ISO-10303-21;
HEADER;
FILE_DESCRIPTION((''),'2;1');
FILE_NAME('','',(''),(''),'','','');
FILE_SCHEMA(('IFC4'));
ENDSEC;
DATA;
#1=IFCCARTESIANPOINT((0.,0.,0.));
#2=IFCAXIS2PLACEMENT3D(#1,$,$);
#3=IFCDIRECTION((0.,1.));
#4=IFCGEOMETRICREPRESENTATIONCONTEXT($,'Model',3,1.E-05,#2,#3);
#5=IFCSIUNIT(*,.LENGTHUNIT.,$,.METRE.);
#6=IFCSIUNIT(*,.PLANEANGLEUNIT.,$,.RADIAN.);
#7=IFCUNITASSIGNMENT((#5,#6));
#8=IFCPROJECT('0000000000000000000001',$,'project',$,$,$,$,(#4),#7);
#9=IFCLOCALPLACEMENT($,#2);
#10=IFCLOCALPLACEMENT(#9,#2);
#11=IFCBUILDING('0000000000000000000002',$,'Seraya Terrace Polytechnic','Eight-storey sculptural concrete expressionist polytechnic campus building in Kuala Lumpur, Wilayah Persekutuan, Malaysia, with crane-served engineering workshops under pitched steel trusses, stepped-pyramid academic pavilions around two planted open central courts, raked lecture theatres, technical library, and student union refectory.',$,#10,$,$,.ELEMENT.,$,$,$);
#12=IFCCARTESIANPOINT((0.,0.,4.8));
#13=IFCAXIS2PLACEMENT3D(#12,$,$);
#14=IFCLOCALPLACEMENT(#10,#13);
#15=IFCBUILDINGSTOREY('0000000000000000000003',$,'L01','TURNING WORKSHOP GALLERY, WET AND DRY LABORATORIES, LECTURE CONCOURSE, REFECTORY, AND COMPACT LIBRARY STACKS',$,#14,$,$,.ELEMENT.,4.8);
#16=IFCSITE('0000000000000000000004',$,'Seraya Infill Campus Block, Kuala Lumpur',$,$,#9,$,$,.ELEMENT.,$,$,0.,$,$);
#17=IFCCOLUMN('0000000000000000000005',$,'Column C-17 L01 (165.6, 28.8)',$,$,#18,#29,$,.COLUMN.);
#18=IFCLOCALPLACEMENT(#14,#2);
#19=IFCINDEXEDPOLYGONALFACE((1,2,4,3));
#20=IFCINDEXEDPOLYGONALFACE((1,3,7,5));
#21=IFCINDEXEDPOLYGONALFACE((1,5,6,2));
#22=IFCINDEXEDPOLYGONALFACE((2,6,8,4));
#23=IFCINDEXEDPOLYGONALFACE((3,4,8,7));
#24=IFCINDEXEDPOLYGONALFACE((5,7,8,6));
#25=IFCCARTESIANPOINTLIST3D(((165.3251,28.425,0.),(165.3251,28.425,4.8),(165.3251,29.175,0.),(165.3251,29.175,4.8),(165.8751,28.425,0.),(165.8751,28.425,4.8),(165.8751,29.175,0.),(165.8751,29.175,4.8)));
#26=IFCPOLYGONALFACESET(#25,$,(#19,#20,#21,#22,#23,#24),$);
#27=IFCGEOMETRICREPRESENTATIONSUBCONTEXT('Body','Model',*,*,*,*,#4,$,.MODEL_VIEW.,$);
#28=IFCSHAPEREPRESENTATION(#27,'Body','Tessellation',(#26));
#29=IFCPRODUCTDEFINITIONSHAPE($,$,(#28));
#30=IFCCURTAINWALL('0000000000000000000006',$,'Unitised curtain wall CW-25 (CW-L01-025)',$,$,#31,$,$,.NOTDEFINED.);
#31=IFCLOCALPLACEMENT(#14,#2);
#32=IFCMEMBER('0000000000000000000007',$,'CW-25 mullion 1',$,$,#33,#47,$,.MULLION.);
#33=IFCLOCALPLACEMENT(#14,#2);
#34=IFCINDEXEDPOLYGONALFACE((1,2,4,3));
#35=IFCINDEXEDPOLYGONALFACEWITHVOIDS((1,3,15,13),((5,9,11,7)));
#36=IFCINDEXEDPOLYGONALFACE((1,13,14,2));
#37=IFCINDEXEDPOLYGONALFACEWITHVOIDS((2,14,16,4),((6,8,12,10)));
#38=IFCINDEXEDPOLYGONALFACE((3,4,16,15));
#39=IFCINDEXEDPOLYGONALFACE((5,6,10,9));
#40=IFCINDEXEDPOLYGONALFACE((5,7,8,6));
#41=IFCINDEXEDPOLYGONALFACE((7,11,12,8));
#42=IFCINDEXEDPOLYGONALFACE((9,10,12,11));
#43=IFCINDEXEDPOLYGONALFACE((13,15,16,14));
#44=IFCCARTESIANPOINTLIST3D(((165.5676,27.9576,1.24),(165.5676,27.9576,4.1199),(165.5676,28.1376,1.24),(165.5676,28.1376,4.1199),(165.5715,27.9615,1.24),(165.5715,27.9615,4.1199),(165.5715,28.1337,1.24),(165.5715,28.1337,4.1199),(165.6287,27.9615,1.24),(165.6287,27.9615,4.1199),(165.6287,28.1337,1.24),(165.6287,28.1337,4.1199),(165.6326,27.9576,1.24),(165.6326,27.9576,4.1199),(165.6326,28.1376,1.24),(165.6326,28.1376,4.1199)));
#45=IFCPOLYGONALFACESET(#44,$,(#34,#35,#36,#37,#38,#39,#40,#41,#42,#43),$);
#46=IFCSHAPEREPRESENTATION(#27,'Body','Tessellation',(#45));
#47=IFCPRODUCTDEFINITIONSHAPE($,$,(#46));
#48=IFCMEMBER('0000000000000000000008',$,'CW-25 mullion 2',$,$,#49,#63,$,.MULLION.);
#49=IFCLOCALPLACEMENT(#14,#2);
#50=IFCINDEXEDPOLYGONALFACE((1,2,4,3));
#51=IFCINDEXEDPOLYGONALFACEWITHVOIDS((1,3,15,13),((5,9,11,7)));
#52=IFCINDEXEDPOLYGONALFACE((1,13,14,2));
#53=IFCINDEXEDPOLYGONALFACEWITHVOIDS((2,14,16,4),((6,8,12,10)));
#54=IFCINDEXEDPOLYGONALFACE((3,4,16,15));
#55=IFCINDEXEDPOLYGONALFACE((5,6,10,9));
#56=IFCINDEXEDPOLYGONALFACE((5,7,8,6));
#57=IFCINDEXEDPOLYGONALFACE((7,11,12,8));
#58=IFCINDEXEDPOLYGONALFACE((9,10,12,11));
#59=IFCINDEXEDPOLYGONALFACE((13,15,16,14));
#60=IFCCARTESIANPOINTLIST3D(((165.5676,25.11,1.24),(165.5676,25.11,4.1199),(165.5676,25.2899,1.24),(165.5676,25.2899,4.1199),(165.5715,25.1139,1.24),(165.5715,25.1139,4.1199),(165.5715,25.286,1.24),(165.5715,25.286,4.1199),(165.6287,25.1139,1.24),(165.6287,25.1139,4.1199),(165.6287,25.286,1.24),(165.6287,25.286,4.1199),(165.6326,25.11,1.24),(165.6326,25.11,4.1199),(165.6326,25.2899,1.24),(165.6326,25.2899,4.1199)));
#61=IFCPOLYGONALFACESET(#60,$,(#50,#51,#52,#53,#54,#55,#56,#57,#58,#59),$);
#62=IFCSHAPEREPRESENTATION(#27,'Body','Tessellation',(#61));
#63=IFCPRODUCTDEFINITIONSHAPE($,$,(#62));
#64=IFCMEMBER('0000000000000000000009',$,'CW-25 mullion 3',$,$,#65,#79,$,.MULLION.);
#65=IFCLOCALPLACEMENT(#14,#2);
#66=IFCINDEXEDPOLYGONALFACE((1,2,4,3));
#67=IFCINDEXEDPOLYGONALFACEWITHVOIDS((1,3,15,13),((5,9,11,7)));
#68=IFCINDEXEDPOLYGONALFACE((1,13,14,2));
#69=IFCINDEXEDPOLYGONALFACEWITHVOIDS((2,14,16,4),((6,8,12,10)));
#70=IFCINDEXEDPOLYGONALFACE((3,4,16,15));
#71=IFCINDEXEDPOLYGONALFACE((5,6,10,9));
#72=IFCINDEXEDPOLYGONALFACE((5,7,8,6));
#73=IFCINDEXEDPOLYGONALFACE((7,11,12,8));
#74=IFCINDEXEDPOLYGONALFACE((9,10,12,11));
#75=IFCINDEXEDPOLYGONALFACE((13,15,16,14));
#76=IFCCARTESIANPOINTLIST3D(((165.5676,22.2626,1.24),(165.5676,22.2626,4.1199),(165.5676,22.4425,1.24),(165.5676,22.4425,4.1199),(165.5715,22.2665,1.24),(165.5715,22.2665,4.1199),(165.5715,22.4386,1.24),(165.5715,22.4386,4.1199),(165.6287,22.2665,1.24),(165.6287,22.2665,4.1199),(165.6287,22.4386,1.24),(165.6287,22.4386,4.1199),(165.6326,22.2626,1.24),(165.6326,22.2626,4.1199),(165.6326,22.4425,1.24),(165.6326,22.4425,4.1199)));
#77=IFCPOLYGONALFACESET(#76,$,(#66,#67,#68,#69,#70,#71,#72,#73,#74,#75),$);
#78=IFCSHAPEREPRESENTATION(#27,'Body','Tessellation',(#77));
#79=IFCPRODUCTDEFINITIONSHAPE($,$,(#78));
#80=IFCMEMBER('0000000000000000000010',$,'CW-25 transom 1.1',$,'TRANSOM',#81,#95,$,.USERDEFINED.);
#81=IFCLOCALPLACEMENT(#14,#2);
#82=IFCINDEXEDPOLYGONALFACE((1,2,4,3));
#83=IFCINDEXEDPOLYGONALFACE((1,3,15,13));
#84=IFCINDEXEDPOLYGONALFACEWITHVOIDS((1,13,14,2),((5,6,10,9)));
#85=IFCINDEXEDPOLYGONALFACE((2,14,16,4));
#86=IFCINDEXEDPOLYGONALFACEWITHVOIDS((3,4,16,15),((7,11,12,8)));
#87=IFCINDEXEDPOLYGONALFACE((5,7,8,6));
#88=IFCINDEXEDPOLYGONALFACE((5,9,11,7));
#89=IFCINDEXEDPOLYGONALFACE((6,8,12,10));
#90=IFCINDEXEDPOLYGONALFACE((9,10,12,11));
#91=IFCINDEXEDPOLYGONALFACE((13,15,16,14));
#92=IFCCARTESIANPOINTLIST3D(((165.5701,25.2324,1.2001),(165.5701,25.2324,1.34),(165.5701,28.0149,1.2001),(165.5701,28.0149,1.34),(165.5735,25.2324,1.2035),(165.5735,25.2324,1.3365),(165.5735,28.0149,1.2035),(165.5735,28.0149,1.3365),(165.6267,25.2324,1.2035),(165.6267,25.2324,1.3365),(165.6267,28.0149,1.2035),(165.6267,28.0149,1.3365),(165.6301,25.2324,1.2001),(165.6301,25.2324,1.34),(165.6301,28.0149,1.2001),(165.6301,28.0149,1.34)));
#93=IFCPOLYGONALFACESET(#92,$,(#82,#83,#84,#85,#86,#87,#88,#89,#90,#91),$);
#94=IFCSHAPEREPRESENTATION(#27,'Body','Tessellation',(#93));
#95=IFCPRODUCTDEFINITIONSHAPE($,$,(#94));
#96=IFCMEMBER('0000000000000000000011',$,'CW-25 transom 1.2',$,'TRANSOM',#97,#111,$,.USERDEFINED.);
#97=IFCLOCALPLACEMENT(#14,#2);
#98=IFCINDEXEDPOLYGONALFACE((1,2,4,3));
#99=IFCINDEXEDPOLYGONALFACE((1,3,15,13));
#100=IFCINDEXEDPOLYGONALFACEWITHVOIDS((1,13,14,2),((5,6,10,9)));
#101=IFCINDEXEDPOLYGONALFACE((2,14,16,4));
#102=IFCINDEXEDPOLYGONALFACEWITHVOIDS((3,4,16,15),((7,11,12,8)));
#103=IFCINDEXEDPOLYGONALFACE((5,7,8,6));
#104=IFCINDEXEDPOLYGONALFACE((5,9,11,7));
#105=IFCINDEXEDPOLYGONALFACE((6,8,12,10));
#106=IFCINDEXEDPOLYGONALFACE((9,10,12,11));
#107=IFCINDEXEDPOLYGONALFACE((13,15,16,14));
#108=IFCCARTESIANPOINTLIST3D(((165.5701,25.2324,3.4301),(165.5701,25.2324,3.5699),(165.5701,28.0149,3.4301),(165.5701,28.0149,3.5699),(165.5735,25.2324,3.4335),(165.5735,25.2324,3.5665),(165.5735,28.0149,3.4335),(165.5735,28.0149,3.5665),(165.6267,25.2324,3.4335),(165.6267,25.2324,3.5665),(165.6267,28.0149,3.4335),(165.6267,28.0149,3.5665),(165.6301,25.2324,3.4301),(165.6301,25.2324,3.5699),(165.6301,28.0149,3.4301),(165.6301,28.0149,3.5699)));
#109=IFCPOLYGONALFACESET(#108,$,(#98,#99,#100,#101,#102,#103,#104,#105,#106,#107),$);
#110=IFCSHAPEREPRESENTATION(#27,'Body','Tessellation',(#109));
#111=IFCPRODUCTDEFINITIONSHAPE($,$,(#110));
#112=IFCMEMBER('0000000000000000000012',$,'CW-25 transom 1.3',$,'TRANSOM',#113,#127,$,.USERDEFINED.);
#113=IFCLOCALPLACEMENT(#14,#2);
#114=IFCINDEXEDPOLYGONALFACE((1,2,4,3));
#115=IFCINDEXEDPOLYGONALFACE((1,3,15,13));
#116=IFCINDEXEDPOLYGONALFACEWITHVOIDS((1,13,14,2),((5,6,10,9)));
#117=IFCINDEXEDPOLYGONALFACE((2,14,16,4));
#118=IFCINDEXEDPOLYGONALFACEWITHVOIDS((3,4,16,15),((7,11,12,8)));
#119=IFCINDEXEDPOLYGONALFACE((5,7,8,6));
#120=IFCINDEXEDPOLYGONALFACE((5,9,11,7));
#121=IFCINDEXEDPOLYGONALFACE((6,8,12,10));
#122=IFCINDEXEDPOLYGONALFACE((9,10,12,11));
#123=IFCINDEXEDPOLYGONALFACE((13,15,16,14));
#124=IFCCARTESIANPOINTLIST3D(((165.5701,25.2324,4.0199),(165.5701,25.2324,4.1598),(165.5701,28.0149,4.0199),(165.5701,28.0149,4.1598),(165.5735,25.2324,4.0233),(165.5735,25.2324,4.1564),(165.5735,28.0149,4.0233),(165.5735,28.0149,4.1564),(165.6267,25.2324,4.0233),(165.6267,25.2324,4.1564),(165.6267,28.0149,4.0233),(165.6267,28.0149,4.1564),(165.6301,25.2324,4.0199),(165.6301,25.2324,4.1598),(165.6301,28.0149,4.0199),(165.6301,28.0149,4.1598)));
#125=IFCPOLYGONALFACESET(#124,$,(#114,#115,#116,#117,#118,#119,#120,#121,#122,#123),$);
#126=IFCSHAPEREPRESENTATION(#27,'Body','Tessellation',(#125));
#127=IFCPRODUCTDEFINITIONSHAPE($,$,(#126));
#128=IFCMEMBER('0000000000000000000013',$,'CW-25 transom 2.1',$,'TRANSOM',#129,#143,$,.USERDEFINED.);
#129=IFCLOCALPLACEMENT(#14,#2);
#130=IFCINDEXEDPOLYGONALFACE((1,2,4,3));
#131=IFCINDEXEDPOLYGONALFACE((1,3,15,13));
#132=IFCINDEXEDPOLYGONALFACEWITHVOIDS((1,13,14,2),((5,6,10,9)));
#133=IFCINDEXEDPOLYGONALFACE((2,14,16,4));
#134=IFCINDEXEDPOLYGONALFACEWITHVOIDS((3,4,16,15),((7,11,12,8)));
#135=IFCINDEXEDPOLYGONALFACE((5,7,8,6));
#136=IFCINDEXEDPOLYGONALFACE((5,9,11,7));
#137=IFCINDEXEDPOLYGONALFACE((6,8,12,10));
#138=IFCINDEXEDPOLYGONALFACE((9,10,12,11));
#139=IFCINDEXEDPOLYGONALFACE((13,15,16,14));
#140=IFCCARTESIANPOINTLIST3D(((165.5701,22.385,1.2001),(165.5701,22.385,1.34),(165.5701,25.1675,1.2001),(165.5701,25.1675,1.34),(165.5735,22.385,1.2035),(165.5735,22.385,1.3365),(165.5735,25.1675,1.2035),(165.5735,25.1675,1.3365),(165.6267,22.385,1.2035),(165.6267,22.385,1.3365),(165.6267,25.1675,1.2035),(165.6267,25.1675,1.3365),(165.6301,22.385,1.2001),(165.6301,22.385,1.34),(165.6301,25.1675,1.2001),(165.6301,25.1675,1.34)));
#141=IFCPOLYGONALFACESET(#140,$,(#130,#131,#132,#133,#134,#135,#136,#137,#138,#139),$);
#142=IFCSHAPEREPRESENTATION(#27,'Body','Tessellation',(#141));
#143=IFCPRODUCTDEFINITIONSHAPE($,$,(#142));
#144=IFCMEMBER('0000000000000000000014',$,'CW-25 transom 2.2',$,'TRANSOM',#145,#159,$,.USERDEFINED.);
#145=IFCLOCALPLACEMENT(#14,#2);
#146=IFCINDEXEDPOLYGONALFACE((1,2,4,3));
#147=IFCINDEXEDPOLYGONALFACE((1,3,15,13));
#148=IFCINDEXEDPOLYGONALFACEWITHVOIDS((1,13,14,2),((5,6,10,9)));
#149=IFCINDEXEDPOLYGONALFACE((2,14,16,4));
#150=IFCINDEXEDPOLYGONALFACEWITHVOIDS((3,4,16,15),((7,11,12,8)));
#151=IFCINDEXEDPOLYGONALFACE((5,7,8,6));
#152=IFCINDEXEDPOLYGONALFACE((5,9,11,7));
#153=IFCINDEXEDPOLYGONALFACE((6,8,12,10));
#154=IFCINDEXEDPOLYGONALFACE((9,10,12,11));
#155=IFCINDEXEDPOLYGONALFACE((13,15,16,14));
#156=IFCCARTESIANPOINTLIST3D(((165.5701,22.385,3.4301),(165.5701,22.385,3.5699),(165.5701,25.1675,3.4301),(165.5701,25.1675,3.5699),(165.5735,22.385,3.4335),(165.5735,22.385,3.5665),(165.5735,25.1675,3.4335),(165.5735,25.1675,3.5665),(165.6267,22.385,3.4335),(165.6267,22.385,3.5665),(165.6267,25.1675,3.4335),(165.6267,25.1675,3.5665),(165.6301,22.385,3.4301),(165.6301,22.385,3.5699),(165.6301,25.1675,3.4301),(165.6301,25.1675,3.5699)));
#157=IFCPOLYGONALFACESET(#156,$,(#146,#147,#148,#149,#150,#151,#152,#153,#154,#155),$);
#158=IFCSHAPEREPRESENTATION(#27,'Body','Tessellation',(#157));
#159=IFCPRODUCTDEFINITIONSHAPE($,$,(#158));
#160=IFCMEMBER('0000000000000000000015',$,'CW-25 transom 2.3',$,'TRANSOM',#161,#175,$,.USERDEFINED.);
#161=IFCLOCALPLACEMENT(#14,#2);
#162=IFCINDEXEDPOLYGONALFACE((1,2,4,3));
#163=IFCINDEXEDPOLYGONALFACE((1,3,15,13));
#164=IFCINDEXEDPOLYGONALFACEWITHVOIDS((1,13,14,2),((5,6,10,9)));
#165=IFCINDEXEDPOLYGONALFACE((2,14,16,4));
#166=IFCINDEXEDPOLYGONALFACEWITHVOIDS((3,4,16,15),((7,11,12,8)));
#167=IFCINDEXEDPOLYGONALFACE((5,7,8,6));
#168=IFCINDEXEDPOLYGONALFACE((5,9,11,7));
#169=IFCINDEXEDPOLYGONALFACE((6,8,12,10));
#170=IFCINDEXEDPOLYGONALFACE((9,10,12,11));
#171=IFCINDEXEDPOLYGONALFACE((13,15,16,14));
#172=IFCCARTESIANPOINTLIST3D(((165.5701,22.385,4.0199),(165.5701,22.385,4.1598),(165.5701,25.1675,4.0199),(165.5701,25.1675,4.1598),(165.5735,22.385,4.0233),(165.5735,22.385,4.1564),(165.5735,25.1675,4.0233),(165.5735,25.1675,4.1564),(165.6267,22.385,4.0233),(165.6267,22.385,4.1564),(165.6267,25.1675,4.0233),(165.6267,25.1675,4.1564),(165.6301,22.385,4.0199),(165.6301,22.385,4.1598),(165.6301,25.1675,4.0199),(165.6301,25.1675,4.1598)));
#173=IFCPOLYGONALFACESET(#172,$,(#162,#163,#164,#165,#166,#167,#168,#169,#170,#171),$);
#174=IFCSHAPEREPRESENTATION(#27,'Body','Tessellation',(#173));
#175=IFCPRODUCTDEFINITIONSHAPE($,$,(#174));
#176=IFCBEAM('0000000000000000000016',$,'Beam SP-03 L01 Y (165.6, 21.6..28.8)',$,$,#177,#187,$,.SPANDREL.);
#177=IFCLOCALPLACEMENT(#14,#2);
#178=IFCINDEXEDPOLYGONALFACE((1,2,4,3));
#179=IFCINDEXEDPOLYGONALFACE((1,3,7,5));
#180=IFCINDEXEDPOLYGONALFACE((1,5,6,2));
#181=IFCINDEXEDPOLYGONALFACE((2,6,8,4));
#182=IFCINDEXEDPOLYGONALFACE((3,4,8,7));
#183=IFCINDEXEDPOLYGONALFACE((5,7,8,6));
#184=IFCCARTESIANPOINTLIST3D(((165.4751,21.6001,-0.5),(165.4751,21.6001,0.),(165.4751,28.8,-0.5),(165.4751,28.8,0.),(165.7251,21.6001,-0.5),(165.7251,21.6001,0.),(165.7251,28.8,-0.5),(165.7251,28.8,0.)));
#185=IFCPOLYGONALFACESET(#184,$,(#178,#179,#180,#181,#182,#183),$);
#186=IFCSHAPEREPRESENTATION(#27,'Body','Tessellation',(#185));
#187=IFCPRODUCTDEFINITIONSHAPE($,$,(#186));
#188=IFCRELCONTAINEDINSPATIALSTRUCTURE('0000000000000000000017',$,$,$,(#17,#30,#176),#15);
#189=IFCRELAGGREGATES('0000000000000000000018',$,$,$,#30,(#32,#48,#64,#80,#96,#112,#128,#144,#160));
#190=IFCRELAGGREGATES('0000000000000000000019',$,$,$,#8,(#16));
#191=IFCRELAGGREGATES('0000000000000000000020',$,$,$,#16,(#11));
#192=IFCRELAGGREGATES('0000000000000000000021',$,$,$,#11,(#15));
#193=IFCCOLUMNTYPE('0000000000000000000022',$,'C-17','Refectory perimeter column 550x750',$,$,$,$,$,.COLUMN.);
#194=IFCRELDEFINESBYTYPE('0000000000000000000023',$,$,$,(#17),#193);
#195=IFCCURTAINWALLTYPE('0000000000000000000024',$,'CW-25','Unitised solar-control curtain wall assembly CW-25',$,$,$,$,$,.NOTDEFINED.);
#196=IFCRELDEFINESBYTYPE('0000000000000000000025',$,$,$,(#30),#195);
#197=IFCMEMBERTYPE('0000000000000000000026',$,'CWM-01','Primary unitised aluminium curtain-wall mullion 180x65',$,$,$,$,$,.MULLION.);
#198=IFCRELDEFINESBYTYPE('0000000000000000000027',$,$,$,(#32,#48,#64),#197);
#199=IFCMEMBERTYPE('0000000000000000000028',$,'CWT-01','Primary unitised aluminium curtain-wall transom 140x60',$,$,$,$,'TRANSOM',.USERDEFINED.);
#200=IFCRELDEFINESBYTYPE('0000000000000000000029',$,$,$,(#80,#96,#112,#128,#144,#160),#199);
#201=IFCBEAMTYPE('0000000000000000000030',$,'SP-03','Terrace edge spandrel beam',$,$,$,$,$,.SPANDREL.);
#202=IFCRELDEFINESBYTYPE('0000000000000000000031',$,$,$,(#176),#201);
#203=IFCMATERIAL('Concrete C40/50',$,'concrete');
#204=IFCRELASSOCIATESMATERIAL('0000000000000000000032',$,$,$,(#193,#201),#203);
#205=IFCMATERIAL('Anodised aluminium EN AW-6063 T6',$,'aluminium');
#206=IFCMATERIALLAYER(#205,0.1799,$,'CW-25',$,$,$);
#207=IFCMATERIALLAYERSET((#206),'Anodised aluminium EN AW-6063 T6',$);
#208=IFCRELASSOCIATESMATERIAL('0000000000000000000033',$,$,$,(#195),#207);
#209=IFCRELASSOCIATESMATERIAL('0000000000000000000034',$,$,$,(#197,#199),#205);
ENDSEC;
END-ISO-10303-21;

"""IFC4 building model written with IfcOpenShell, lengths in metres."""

from ifc_helpers import new_model, si_unit, direction, frame, origin, origin_2d, place, context, subcontext, project, spatial, rectangle, hollow_rectangle, extrude, material, layer, layer_set, material_profile, profile_set, type_object, element, aggregate, save


model = new_model("IFC4")

# Units and contexts
model_context = context("Model", 3, precision=1e-05, world=origin(), true_north=direction((0.0, 1.0)))
body_context = subcontext(model_context, "Body", "Model", "MODEL_VIEW")
ifc_project = project(units=[si_unit("LENGTHUNIT", "METRE"), si_unit("PLANEANGLEUNIT", "RADIAN")], contexts=[model_context])

# Site, building, storey
site_placement = place(None, origin())
site = spatial("IfcSite", under=ifc_project, at=site_placement, Name="Seraya Infill Campus Block, Kuala Lumpur", CompositionType="ELEMENT", RefElevation=0.0)
building_placement = place(site_placement, origin())
building = spatial("IfcBuilding", under=site, at=building_placement, Name="Seraya Terrace Polytechnic", Description="Eight-storey sculptural concrete expressionist polytechnic campus building in Kuala Lumpur, Wilayah Persekutuan, Malaysia, with crane-served engineering workshops under pitched steel trusses, stepped-pyramid academic pavilions around two planted open central courts, raked lecture theatres, technical library, and student union refectory.", CompositionType="ELEMENT")
storey_placement = place(building_placement, frame((0.0, 0.0, 4.8)))
storey = spatial("IfcBuildingStorey", under=building, at=storey_placement, Name="L01", Description="TURNING WORKSHOP GALLERY, WET AND DRY LABORATORIES, LECTURE CONCOURSE, REFECTORY, AND COMPACT LIBRARY STACKS", CompositionType="ELEMENT", Elevation=4.8)

# Column
ifc_material_1 = material(Name="Concrete C40/50", Category="concrete")
ifc_material_profile_1 = material_profile(ifc_material_1, rectangle(XDim=0.55, YDim=0.75, at=origin_2d()), Name="RC 550x750")
ifc_profile_set_1 = profile_set([ifc_material_profile_1], Name="Concrete C40/50")
column_type = type_object("IfcColumnType", Name="C-17", Description="Refectory perimeter column 550x750", PredefinedType="COLUMN", material=ifc_profile_set_1)
column_placement = place(storey_placement, frame((165.6001, 28.8, 0.0), z_axis=(0.0, 0.0, 1.0), x_axis=(1.0, 0.0, 0.0)))
element("IfcColumn", 1, at=column_placement, inside=storey, type_object=column_type, Name="Column C-17 L01 (165.6, 28.8)", PredefinedType="COLUMN", context=body_context, shape_type="SweptSolid", body=[
    extrude(rectangle(XDim=0.55, YDim=0.75, at=origin_2d()), origin(), (0.0, 0.0, 1.0), 4.8),
])

# Curtain wall, members
ifc_material_2 = material(Name="Anodised aluminium EN AW-6063 T6", Category="aluminium")
ifc_layer_1 = layer(ifc_material_2, 0.1799, Name="CW-25")
ifc_layer_set_1 = layer_set([ifc_layer_1], Name="Anodised aluminium EN AW-6063 T6")
curtain_wall_type = type_object("IfcCurtainWallType", Name="CW-25", Description="Unitised solar-control curtain wall assembly CW-25", PredefinedType="NOTDEFINED", material=ifc_layer_set_1)
curtain_wall_placement = place(storey_placement, origin())
curtain_wall = element("IfcCurtainWall", 2, at=curtain_wall_placement, inside=storey, type_object=curtain_wall_type, Name="Unitised curtain wall CW-25 (CW-L01-025)", PredefinedType="NOTDEFINED")
ifc_material_profile_2 = material_profile(ifc_material_2, hollow_rectangle(XDim=0.0649, YDim=0.1799, WallThickness=0.0039, at=origin_2d()), Name="RHS 180x65x4.0")
ifc_profile_set_2 = profile_set([ifc_material_profile_2], Name="Anodised aluminium EN AW-6063 T6")
member_type_1 = type_object("IfcMemberType", Name="CWM-01", Description="Primary unitised aluminium curtain-wall mullion 180x65", PredefinedType="MULLION", material=ifc_profile_set_2)
member_1_placement = place(storey_placement, frame((165.6001, 28.0476, 1.24), z_axis=(0.0, 0.0, 1.0), x_axis=(1.0, 0.0, 0.0)))
member_1 = element("IfcMember", 3, at=member_1_placement, type_object=member_type_1, Name="CW-25 mullion 1", PredefinedType="MULLION", context=body_context, shape_type="SweptSolid", body=[
    extrude(hollow_rectangle(XDim=0.0649, YDim=0.1799, WallThickness=0.0039, at=origin_2d()), origin(), (0.0, 0.0, 1.0), 2.8799),
])
member_2_placement = place(storey_placement, frame((165.6001, 25.2, 1.24), z_axis=(0.0, 0.0, 1.0), x_axis=(1.0, 0.0, 0.0)))
member_2 = element("IfcMember", 4, at=member_2_placement, type_object=member_type_1, Name="CW-25 mullion 2", PredefinedType="MULLION", context=body_context, shape_type="SweptSolid", body=[
    extrude(hollow_rectangle(XDim=0.0649, YDim=0.1799, WallThickness=0.0039, at=origin_2d()), origin(), (0.0, 0.0, 1.0), 2.8799),
])
member_3_placement = place(storey_placement, frame((165.6001, 22.3525, 1.24), z_axis=(0.0, 0.0, 1.0), x_axis=(1.0, 0.0, 0.0)))
member_3 = element("IfcMember", 5, at=member_3_placement, type_object=member_type_1, Name="CW-25 mullion 3", PredefinedType="MULLION", context=body_context, shape_type="SweptSolid", body=[
    extrude(hollow_rectangle(XDim=0.0649, YDim=0.1799, WallThickness=0.0039, at=origin_2d()), origin(), (0.0, 0.0, 1.0), 2.8799),
])
ifc_material_profile_3 = material_profile(ifc_material_2, hollow_rectangle(XDim=0.0601, YDim=0.1399, WallThickness=0.0034, at=origin_2d()), Name="RHS 140x60x3.5")
ifc_profile_set_3 = profile_set([ifc_material_profile_3], Name="Anodised aluminium EN AW-6063 T6")
member_type_2 = type_object("IfcMemberType", Name="CWT-01", Description="Primary unitised aluminium curtain-wall transom 140x60", ElementType="TRANSOM", PredefinedType="USERDEFINED", material=ifc_profile_set_3)
member_4_placement = place(storey_placement, frame((165.6001, 28.0149, 1.27), z_axis=(0.0, -1.0, 0.0), x_axis=(1.0, 0.0, 0.0)))
member_4 = element("IfcMember", 6, at=member_4_placement, type_object=member_type_2, Name="CW-25 transom 1.1", ObjectType="TRANSOM", PredefinedType="USERDEFINED", context=body_context, shape_type="SweptSolid", body=[
    extrude(hollow_rectangle(XDim=0.0601, YDim=0.1399, WallThickness=0.0034, at=origin_2d()), origin(), (0.0, 0.0, 1.0), 2.7825),
])
member_5_placement = place(storey_placement, frame((165.6001, 28.0149, 3.5), z_axis=(0.0, -1.0, 0.0), x_axis=(1.0, 0.0, 0.0)))
member_5 = element("IfcMember", 7, at=member_5_placement, type_object=member_type_2, Name="CW-25 transom 1.2", ObjectType="TRANSOM", PredefinedType="USERDEFINED", context=body_context, shape_type="SweptSolid", body=[
    extrude(hollow_rectangle(XDim=0.0601, YDim=0.1399, WallThickness=0.0034, at=origin_2d()), origin(), (0.0, 0.0, 1.0), 2.7825),
])
member_6_placement = place(storey_placement, frame((165.6001, 28.0149, 4.0898), z_axis=(0.0, -1.0, 0.0), x_axis=(1.0, 0.0, 0.0)))
member_6 = element("IfcMember", 8, at=member_6_placement, type_object=member_type_2, Name="CW-25 transom 1.3", ObjectType="TRANSOM", PredefinedType="USERDEFINED", context=body_context, shape_type="SweptSolid", body=[
    extrude(hollow_rectangle(XDim=0.0601, YDim=0.1399, WallThickness=0.0034, at=origin_2d()), origin(), (0.0, 0.0, 1.0), 2.7825),
])
member_7_placement = place(storey_placement, frame((165.6001, 25.1675, 1.27), z_axis=(0.0, -1.0, 0.0), x_axis=(1.0, 0.0, 0.0)))
member_7 = element("IfcMember", 9, at=member_7_placement, type_object=member_type_2, Name="CW-25 transom 2.1", ObjectType="TRANSOM", PredefinedType="USERDEFINED", context=body_context, shape_type="SweptSolid", body=[
    extrude(hollow_rectangle(XDim=0.0601, YDim=0.1399, WallThickness=0.0034, at=origin_2d()), origin(), (0.0, 0.0, 1.0), 2.7825),
])
member_8_placement = place(storey_placement, frame((165.6001, 25.1675, 3.5), z_axis=(0.0, -1.0, 0.0), x_axis=(1.0, 0.0, 0.0)))
member_8 = element("IfcMember", 10, at=member_8_placement, type_object=member_type_2, Name="CW-25 transom 2.2", ObjectType="TRANSOM", PredefinedType="USERDEFINED", context=body_context, shape_type="SweptSolid", body=[
    extrude(hollow_rectangle(XDim=0.0601, YDim=0.1399, WallThickness=0.0034, at=origin_2d()), origin(), (0.0, 0.0, 1.0), 2.7825),
])
member_9_placement = place(storey_placement, frame((165.6001, 25.1675, 4.0898), z_axis=(0.0, -1.0, 0.0), x_axis=(1.0, 0.0, 0.0)))
member_9 = element("IfcMember", 11, at=member_9_placement, type_object=member_type_2, Name="CW-25 transom 2.3", ObjectType="TRANSOM", PredefinedType="USERDEFINED", context=body_context, shape_type="SweptSolid", body=[
    extrude(hollow_rectangle(XDim=0.0601, YDim=0.1399, WallThickness=0.0034, at=origin_2d()), origin(), (0.0, 0.0, 1.0), 2.7825),
])

# Beam
ifc_material_profile_4 = material_profile(ifc_material_1, rectangle(XDim=0.25, YDim=0.5, at=origin_2d()), Name="RC 250x500")
ifc_profile_set_4 = profile_set([ifc_material_profile_4], Name="Concrete C40/50")
beam_type = type_object("IfcBeamType", Name="SP-03", Description="Terrace edge spandrel beam", PredefinedType="SPANDREL", material=ifc_profile_set_4)
for number, where, z_axis, x_axis, name in (
    (12, (165.6001, 21.6001, -0.25), (0.0, 1.0, 0.0), (-1.0, 0.0, 0.0), "Beam SP-03 L01 Y (165.6, 21.6..28.8)"),
):
    element("IfcBeam", number, at=place(storey_placement, frame(where, z_axis=z_axis, x_axis=x_axis)), inside=storey, type_object=beam_type, Name=name, PredefinedType="SPANDREL", context=body_context, shape_type="SweptSolid", body=[
        extrude(rectangle(XDim=0.25, YDim=0.5, at=origin_2d()), origin(), (0.0, 0.0, 1.0), 7.2),
    ])

aggregate(curtain_wall, [member_1, member_2, member_3, member_4, member_5, member_6, member_7, member_8, member_9])

save(model, "model.ifc")
